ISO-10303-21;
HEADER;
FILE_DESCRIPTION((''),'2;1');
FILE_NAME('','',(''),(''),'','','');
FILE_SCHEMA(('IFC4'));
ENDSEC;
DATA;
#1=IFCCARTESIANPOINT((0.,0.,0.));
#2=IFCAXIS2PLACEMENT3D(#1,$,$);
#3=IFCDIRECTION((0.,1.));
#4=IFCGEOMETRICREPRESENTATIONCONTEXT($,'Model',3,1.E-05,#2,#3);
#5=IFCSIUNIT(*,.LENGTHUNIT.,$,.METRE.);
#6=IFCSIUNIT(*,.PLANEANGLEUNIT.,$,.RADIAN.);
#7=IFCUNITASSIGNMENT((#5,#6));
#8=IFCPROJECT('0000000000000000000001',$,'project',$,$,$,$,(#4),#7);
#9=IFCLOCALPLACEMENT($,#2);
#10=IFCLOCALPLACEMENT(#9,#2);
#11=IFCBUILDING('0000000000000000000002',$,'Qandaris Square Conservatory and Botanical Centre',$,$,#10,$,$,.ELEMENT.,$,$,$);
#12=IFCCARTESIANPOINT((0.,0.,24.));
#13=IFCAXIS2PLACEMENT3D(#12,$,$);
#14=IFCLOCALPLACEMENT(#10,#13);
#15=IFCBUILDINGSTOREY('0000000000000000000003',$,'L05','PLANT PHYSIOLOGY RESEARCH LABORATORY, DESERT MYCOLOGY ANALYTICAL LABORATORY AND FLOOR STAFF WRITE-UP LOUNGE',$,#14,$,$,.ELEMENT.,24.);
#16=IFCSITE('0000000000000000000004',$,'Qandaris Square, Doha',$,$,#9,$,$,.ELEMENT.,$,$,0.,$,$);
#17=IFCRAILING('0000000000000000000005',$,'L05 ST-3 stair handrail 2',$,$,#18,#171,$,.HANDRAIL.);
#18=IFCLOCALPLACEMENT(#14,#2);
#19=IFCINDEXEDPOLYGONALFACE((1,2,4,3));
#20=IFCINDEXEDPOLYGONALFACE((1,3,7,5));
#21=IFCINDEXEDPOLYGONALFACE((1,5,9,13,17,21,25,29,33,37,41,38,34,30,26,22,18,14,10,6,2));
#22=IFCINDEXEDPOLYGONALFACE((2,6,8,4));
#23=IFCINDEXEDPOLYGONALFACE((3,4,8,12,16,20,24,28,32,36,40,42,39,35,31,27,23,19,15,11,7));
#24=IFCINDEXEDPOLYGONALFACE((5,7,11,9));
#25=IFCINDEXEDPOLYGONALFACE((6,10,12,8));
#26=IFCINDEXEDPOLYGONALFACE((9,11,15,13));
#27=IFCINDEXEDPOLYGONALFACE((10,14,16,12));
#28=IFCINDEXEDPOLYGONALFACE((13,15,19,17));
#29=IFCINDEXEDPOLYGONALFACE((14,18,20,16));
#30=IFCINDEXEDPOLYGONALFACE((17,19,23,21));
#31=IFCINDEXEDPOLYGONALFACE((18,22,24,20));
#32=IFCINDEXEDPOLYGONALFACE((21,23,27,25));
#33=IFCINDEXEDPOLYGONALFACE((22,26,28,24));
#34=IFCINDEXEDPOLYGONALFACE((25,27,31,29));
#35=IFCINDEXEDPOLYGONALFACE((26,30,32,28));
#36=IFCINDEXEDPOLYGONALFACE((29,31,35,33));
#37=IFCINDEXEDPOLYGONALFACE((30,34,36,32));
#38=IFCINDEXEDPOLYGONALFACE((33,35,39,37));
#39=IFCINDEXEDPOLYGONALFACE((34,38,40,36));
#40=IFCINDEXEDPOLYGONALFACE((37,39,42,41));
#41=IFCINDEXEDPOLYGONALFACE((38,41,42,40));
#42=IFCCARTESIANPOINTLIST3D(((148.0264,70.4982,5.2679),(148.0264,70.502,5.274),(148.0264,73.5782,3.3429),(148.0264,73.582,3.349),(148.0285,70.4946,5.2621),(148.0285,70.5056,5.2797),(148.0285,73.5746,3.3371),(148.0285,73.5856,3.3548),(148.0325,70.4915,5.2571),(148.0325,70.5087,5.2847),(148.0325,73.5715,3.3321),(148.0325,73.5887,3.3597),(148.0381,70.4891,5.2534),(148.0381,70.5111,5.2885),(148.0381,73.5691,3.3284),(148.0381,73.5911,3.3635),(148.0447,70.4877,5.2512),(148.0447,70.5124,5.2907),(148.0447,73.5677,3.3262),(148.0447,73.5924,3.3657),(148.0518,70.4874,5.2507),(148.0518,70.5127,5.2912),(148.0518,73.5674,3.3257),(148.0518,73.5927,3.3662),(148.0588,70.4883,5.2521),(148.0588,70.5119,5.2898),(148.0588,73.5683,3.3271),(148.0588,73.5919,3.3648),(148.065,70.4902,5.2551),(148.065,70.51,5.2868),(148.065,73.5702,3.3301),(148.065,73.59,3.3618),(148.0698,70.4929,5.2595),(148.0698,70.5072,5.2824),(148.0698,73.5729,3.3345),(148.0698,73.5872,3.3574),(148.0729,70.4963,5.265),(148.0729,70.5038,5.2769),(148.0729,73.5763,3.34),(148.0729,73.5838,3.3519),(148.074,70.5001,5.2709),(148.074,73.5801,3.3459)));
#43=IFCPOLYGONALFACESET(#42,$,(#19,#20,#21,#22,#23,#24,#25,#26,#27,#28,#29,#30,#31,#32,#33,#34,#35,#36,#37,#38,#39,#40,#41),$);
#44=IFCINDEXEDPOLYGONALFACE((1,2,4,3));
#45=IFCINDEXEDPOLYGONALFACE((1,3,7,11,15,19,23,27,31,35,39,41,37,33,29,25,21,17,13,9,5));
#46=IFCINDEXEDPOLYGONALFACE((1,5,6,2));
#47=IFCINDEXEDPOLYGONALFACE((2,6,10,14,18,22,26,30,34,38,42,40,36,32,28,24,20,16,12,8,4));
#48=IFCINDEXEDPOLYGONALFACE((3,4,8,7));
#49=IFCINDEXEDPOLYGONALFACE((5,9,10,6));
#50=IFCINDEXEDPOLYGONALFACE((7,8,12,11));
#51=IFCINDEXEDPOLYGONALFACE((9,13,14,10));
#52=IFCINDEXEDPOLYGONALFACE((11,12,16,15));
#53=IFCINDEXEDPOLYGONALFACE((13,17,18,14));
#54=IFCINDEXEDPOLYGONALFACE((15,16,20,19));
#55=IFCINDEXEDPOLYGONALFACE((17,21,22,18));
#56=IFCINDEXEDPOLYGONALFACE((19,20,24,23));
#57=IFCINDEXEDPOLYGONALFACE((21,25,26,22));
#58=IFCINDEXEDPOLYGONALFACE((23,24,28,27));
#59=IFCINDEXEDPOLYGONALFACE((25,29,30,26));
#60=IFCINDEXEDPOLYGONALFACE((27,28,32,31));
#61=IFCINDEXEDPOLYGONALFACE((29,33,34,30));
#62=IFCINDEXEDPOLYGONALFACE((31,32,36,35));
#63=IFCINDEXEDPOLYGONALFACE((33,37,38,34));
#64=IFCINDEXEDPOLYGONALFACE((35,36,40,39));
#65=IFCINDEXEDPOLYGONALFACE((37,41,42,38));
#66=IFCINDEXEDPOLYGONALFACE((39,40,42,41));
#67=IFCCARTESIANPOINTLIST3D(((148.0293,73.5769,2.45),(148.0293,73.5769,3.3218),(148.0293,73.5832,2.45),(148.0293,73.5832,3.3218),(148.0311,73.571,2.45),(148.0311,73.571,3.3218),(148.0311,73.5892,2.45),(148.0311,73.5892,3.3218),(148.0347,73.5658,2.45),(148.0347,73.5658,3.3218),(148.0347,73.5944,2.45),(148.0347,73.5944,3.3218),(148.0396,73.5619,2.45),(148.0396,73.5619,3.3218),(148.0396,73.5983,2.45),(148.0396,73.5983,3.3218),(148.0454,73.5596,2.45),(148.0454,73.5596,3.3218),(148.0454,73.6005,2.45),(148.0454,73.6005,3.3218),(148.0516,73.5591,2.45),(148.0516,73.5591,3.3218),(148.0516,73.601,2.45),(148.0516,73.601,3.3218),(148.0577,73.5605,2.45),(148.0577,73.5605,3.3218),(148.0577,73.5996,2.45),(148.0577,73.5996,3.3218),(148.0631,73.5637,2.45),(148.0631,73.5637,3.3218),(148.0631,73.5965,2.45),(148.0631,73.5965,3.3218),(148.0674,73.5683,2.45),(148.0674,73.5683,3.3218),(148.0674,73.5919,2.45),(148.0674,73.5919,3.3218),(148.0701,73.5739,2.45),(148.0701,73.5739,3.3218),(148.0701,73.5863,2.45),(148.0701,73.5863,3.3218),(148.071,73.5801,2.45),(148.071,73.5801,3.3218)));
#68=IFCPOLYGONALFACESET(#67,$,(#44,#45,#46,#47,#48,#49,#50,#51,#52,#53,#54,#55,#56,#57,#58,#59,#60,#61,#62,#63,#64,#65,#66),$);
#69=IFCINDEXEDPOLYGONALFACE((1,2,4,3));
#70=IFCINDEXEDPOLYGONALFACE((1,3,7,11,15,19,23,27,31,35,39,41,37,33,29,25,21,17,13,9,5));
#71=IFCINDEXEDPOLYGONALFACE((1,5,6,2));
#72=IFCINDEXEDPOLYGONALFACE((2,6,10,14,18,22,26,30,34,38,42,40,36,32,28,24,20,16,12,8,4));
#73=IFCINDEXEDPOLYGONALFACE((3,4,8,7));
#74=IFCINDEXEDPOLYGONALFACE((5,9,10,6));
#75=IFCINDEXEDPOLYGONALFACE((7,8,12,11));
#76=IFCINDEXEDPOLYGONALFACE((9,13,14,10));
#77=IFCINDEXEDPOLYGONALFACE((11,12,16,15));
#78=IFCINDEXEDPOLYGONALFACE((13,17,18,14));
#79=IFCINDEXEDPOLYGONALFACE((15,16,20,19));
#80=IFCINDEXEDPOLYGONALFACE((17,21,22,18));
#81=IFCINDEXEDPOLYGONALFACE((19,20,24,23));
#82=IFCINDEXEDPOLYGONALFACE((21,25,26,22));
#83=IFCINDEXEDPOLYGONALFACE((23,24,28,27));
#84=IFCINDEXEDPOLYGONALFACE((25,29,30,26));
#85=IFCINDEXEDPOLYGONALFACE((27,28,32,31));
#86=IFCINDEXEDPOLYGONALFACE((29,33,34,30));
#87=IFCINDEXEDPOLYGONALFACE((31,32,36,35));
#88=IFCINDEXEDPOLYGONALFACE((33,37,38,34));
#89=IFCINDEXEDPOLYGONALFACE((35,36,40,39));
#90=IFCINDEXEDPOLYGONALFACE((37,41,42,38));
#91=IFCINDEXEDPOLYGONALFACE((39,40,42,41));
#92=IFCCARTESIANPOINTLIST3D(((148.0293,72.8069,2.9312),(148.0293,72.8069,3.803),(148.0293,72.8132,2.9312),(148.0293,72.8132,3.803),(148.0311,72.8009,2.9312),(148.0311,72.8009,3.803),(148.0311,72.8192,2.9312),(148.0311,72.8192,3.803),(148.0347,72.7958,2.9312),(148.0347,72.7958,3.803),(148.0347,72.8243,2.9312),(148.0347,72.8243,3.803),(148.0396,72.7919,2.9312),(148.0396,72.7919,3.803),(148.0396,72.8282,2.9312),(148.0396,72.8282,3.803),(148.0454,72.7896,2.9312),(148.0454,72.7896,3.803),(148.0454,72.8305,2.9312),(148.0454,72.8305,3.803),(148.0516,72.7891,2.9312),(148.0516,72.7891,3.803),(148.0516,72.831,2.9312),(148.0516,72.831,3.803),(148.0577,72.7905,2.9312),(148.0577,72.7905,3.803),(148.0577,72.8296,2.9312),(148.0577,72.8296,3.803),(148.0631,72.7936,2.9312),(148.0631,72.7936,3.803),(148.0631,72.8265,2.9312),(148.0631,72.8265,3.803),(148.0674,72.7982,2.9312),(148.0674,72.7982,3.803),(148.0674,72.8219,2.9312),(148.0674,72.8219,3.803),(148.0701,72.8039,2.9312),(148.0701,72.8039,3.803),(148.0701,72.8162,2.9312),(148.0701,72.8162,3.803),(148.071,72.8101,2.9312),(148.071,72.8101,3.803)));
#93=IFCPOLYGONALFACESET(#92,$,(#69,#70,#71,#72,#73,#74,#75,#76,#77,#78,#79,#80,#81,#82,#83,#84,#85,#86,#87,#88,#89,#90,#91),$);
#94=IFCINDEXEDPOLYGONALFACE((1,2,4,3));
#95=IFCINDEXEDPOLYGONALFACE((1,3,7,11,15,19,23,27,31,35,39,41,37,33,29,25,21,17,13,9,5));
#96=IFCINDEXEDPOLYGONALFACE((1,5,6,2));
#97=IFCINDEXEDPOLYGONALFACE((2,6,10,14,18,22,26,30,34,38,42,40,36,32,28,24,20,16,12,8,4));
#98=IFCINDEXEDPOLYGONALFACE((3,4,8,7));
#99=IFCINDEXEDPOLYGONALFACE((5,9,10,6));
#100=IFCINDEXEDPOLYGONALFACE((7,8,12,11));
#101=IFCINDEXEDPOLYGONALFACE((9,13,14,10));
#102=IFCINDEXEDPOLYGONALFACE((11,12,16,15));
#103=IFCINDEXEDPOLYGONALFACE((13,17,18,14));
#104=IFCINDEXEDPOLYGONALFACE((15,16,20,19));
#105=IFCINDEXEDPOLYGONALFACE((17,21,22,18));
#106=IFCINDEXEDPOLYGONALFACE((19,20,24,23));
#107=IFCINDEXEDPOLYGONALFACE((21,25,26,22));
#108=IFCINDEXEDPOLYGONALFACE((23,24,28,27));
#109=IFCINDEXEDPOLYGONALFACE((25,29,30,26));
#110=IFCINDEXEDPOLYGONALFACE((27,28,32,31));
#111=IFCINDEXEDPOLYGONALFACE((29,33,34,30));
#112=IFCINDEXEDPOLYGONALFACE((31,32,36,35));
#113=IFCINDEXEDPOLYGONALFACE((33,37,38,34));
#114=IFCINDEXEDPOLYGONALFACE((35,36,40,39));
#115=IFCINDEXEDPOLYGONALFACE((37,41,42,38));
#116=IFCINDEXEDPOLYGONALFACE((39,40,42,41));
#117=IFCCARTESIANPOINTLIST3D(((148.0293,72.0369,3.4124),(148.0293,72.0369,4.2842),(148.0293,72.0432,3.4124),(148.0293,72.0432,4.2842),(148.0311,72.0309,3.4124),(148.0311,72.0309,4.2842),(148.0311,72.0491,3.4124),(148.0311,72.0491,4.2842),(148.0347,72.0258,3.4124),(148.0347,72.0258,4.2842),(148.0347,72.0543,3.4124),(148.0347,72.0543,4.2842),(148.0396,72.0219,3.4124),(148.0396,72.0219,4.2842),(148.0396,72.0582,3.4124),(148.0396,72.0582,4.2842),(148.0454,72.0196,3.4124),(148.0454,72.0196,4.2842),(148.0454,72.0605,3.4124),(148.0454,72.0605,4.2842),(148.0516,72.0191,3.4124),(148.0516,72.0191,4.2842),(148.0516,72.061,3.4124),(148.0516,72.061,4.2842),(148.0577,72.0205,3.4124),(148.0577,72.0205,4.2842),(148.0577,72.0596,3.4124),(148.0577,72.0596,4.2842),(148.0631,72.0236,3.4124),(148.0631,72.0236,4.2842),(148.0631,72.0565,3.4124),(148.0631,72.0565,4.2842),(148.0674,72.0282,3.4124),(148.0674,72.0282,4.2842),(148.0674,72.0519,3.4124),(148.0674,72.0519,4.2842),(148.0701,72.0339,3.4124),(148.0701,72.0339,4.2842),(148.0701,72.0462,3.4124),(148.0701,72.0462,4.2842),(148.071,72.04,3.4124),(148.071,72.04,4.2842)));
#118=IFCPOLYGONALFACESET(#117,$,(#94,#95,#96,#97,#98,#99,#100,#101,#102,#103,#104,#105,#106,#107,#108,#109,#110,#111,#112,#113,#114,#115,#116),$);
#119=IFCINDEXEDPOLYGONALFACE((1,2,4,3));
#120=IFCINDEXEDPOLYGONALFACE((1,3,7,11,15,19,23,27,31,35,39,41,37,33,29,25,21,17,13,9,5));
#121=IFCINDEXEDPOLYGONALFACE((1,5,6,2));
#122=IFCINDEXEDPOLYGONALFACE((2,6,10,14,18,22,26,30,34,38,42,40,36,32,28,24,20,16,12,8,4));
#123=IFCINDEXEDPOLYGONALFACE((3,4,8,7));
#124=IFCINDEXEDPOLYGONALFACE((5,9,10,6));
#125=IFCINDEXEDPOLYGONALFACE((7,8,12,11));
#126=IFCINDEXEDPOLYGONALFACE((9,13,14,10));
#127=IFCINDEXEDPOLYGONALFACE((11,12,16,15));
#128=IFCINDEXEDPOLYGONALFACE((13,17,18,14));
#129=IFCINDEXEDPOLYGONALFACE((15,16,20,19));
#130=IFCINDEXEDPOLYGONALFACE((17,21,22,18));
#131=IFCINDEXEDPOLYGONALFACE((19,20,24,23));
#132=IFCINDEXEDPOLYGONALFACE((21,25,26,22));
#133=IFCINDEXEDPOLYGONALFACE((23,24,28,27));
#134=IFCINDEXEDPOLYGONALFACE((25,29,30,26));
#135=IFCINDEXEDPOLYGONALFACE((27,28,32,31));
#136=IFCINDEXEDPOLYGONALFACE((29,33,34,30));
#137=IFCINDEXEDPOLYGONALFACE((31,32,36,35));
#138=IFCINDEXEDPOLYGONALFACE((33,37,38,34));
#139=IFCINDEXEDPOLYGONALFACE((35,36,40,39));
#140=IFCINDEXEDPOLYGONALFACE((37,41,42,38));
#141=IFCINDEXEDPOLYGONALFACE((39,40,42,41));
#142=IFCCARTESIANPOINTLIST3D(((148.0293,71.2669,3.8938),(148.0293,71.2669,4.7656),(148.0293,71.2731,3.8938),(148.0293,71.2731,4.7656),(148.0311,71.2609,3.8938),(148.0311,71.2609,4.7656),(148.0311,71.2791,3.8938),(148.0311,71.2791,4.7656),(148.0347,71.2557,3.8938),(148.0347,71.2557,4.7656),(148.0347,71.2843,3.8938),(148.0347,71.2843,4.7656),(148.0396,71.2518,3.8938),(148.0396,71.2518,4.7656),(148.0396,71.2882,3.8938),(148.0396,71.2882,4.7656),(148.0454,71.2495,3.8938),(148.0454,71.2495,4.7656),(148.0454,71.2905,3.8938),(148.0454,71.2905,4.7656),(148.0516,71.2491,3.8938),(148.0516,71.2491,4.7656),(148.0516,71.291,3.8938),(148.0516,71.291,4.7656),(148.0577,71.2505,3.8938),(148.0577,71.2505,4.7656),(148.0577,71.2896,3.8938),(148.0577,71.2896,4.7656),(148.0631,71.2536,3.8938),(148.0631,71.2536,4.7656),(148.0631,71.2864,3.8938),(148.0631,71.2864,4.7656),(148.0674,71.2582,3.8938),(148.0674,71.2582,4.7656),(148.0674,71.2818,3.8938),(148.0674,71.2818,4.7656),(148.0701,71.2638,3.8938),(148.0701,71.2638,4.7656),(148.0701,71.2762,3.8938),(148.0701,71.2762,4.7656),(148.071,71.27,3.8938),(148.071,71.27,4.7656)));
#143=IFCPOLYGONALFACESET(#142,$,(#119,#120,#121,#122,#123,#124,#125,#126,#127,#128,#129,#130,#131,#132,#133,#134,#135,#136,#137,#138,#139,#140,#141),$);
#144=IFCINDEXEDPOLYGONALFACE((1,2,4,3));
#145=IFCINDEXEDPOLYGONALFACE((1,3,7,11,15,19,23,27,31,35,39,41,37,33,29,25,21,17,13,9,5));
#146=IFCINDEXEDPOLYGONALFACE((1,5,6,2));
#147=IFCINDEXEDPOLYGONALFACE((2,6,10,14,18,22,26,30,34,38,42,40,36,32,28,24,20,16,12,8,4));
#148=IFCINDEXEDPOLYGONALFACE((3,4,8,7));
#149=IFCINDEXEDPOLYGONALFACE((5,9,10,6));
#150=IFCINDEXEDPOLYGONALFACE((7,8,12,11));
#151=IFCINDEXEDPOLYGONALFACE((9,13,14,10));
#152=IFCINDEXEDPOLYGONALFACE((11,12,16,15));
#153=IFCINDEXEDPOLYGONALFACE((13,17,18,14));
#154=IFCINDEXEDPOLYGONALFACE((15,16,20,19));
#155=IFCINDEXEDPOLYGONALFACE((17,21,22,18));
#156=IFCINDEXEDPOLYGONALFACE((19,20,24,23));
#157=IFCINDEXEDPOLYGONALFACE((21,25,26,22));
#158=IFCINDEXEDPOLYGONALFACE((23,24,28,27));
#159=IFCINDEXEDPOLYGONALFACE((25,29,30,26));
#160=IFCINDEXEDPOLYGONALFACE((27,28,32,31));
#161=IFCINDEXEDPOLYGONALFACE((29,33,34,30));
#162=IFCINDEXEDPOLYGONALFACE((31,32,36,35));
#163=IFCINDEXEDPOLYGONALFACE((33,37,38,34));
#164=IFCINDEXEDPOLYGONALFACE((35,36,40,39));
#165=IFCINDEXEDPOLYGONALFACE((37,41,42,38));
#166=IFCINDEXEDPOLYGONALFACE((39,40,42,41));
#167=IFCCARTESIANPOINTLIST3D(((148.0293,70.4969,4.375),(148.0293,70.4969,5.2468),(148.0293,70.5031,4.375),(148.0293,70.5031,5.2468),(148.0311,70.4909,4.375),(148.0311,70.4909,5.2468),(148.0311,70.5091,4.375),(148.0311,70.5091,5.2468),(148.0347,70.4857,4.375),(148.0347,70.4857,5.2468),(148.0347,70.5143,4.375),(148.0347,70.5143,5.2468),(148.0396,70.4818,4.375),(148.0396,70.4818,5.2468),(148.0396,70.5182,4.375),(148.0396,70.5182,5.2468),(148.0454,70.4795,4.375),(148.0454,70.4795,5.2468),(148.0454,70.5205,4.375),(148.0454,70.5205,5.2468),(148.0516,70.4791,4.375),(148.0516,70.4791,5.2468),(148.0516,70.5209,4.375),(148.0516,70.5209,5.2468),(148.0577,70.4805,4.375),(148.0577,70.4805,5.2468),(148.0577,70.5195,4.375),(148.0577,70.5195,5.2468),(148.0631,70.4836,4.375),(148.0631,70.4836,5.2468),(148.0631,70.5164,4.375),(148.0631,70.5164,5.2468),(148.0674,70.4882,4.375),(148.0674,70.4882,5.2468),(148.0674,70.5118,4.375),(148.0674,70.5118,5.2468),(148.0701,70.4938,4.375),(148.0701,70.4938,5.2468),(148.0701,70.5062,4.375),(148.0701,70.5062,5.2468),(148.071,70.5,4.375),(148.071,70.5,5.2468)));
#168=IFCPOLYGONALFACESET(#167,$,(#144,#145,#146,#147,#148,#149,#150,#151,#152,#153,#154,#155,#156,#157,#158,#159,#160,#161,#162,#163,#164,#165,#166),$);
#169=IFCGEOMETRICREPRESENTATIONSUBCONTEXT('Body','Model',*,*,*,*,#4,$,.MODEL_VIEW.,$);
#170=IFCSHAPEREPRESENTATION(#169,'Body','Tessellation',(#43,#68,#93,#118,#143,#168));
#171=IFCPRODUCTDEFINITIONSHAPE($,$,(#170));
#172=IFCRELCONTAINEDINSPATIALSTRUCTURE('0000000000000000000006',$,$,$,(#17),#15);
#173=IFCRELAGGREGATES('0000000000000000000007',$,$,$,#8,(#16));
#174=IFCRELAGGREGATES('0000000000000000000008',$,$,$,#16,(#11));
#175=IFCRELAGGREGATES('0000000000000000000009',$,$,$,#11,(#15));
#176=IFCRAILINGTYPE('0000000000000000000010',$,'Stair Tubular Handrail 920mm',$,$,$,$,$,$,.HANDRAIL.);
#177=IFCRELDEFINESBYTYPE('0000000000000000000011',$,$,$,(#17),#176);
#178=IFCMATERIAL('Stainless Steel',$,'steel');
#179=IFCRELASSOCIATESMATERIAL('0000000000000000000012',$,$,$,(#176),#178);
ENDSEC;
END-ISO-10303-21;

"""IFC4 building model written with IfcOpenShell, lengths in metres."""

from ifc_helpers import new_model, si_unit, direction, frame, origin, origin_2d, place, context, subcontext, project, spatial, circle, extrude, material, type_object, element, save


model = new_model("IFC4")

# Units and contexts
model_context = context("Model", 3, precision=1e-05, world=origin(), true_north=direction((0.0, 1.0)))
body_context = subcontext(model_context, "Body", "Model", "MODEL_VIEW")
ifc_project = project(units=[si_unit("LENGTHUNIT", "METRE"), si_unit("PLANEANGLEUNIT", "RADIAN")], contexts=[model_context])

# Site, building, storey
site_placement = place(None, origin())
site = spatial("IfcSite", under=ifc_project, at=site_placement, Name="Qandaris Square, Doha", CompositionType="ELEMENT", RefElevation=0.0)
building_placement = place(site_placement, origin())
building = spatial("IfcBuilding", under=site, at=building_placement, Name="Qandaris Square Conservatory and Botanical Centre", CompositionType="ELEMENT")
storey_placement = place(building_placement, frame((0.0, 0.0, 24.0)))
storey = spatial("IfcBuildingStorey", under=building, at=storey_placement, Name="L05", Description="PLANT PHYSIOLOGY RESEARCH LABORATORY, DESERT MYCOLOGY ANALYTICAL LABORATORY AND FLOOR STAFF WRITE-UP LOUNGE", CompositionType="ELEMENT", Elevation=24.0)

# Railing
ifc_material_1 = material(Name="Stainless Steel", Category="steel")
railing_type_1 = type_object("IfcRailingType", Name="Stair Tubular Handrail 920mm", PredefinedType="HANDRAIL", material=ifc_material_1)
railing_1_placement = place(storey_placement, frame((148.05, 73.5801, 2.45)))
element("IfcRailing", 1, at=railing_1_placement, inside=storey, type_object=railing_type_1, Name="L05 ST-3 stair handrail 2", PredefinedType="HANDRAIL", context=body_context, shape_type="SweptSolid", body=[
    extrude(circle(Radius=0.0239, at=origin_2d()), frame((0.0, 0.0, 0.896), z_axis=(0.0, -0.847998, 0.529999), x_axis=(1.0, 0.0, 0.0)), (0.0, 0.0, 1.0), 3.6321),
    extrude(circle(Radius=0.021, at=origin_2d()), origin(), (0.0, 0.0, 1.0), 0.8718),
    extrude(circle(Radius=0.021, at=origin_2d()), frame((0.0, -0.77, 0.4812)), (0.0, 0.0, 1.0), 0.8718),
    extrude(circle(Radius=0.021, at=origin_2d()), frame((0.0, -1.54, 0.9624)), (0.0, 0.0, 1.0), 0.8718),
    extrude(circle(Radius=0.021, at=origin_2d()), frame((0.0, -2.3101, 1.4438)), (0.0, 0.0, 1.0), 0.8718),
    extrude(circle(Radius=0.021, at=origin_2d()), frame((0.0, -3.0801, 1.925)), (0.0, 0.0, 1.0), 0.8718),
])

save(model, "model.ifc")
